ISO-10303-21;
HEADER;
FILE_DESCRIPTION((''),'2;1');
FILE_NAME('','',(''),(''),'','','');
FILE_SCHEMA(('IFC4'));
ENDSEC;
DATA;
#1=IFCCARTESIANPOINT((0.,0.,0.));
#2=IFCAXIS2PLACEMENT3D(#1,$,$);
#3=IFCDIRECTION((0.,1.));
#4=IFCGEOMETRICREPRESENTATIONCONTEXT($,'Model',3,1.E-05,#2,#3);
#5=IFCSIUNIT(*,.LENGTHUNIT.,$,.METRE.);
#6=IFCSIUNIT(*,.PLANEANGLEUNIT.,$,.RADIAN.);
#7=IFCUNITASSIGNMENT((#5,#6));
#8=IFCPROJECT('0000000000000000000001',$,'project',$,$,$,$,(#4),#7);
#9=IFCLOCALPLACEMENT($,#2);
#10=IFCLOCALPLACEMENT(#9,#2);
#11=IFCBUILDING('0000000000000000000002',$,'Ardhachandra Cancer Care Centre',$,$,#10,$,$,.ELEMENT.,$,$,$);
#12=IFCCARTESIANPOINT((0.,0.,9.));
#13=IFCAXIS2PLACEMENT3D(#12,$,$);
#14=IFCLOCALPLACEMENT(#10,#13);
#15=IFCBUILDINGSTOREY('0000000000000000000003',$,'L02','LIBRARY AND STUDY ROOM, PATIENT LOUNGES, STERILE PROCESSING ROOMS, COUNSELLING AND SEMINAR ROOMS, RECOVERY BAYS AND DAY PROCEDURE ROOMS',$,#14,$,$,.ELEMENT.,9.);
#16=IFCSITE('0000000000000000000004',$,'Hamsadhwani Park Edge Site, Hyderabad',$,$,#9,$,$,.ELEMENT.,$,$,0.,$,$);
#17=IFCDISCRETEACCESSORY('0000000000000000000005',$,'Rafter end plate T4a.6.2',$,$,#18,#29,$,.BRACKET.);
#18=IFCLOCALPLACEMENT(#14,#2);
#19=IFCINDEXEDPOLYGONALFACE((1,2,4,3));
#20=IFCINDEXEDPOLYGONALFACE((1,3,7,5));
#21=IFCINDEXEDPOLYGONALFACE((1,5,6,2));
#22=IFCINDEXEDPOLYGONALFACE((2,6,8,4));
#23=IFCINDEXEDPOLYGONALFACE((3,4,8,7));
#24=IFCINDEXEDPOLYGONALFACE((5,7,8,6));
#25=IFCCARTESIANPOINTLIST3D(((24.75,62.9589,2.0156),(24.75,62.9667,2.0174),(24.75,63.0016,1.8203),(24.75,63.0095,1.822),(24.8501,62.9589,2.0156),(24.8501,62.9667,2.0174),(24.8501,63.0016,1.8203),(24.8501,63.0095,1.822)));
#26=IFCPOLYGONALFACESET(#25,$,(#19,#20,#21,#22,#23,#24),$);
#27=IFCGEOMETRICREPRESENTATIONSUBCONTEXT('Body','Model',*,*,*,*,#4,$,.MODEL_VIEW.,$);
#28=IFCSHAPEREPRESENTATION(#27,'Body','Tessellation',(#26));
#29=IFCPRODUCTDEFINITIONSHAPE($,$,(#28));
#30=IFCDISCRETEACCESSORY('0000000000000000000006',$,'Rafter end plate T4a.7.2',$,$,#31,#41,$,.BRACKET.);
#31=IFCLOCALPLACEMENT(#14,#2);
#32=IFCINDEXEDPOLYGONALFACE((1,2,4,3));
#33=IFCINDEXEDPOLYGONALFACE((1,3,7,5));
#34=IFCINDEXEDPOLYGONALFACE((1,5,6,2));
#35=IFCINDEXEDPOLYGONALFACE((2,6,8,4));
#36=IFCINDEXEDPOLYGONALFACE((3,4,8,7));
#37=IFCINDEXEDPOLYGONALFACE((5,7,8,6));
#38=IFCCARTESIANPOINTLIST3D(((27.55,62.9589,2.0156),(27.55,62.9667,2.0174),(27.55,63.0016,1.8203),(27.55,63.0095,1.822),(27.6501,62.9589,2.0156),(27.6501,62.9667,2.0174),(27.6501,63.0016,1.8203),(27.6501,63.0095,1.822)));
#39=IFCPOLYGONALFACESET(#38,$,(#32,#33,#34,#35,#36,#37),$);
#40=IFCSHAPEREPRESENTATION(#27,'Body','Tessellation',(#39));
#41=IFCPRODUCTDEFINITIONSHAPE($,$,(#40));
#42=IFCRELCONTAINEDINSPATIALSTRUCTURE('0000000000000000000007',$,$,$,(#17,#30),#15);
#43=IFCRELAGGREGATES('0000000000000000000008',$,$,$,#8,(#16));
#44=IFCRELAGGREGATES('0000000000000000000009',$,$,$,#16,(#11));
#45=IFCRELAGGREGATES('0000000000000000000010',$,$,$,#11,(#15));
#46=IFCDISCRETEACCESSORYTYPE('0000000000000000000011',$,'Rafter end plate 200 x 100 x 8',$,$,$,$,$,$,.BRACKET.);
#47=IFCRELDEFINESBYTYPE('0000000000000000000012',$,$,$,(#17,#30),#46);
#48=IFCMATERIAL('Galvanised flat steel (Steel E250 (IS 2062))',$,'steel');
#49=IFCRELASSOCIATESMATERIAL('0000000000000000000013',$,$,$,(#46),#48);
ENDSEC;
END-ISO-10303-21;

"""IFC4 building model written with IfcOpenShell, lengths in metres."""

from ifc_helpers import new_model, si_unit, direction, frame, origin, origin_2d, place, context, subcontext, project, spatial, rectangle, extrude, material, material_profile, profile_set, type_object, element, save


model = new_model("IFC4")

# Units and contexts
model_context = context("Model", 3, precision=1e-05, world=origin(), true_north=direction((0.0, 1.0)))
body_context = subcontext(model_context, "Body", "Model", "MODEL_VIEW")
ifc_project = project(units=[si_unit("LENGTHUNIT", "METRE"), si_unit("PLANEANGLEUNIT", "RADIAN")], contexts=[model_context])

# Site, building, storey
site_placement = place(None, origin())
site = spatial("IfcSite", under=ifc_project, at=site_placement, Name="Hamsadhwani Park Edge Site, Hyderabad", CompositionType="ELEMENT", RefElevation=0.0)
building_placement = place(site_placement, origin())
building = spatial("IfcBuilding", under=site, at=building_placement, Name="Ardhachandra Cancer Care Centre", CompositionType="ELEMENT")
storey_placement = place(building_placement, frame((0.0, 0.0, 9.0)))
storey = spatial("IfcBuildingStorey", under=building, at=storey_placement, Name="L02", Description="LIBRARY AND STUDY ROOM, PATIENT LOUNGES, STERILE PROCESSING ROOMS, COUNSELLING AND SEMINAR ROOMS, RECOVERY BAYS AND DAY PROCEDURE ROOMS", CompositionType="ELEMENT", Elevation=9.0)

# Discrete accessories
ifc_material_1 = material(Name="Galvanised flat steel (Steel E250 (IS 2062))", Category="steel")
ifc_material_profile_1 = material_profile(ifc_material_1, rectangle(XDim=0.1001, YDim=0.2, at=origin_2d()), Name="Rafter end plate 200 x 100 x 8")
ifc_profile_set_1 = profile_set([ifc_material_profile_1], Name="Galvanised flat steel (Steel E250 (IS 2062))")
discrete_accessory_type = type_object("IfcDiscreteAccessoryType", Name="Rafter end plate 200 x 100 x 8", PredefinedType="BRACKET", material=ifc_profile_set_1)
for number, where, z_axis, x_axis, name in (
    (1, (24.8, 62.9802, 1.918), (0.0, 0.9769, 0.213697), (-1.0, 0.0, 0.0), "Rafter end plate T4a.6.2"),
    (2, (27.6001, 62.9802, 1.918), (0.0, 0.9769, 0.213697), (-1.0, 0.0, 0.0), "Rafter end plate T4a.7.2"),
):
    element("IfcDiscreteAccessory", number, at=place(storey_placement, frame(where, z_axis=z_axis, x_axis=x_axis)), inside=storey, type_object=discrete_accessory_type, Name=name, PredefinedType="BRACKET", context=body_context, shape_type="SweptSolid", body=[
        extrude(rectangle(XDim=0.1001, YDim=0.2, at=origin_2d()), origin(), (0.0, 0.0, 1.0), 0.0081),
    ])

save(model, "model.ifc")
